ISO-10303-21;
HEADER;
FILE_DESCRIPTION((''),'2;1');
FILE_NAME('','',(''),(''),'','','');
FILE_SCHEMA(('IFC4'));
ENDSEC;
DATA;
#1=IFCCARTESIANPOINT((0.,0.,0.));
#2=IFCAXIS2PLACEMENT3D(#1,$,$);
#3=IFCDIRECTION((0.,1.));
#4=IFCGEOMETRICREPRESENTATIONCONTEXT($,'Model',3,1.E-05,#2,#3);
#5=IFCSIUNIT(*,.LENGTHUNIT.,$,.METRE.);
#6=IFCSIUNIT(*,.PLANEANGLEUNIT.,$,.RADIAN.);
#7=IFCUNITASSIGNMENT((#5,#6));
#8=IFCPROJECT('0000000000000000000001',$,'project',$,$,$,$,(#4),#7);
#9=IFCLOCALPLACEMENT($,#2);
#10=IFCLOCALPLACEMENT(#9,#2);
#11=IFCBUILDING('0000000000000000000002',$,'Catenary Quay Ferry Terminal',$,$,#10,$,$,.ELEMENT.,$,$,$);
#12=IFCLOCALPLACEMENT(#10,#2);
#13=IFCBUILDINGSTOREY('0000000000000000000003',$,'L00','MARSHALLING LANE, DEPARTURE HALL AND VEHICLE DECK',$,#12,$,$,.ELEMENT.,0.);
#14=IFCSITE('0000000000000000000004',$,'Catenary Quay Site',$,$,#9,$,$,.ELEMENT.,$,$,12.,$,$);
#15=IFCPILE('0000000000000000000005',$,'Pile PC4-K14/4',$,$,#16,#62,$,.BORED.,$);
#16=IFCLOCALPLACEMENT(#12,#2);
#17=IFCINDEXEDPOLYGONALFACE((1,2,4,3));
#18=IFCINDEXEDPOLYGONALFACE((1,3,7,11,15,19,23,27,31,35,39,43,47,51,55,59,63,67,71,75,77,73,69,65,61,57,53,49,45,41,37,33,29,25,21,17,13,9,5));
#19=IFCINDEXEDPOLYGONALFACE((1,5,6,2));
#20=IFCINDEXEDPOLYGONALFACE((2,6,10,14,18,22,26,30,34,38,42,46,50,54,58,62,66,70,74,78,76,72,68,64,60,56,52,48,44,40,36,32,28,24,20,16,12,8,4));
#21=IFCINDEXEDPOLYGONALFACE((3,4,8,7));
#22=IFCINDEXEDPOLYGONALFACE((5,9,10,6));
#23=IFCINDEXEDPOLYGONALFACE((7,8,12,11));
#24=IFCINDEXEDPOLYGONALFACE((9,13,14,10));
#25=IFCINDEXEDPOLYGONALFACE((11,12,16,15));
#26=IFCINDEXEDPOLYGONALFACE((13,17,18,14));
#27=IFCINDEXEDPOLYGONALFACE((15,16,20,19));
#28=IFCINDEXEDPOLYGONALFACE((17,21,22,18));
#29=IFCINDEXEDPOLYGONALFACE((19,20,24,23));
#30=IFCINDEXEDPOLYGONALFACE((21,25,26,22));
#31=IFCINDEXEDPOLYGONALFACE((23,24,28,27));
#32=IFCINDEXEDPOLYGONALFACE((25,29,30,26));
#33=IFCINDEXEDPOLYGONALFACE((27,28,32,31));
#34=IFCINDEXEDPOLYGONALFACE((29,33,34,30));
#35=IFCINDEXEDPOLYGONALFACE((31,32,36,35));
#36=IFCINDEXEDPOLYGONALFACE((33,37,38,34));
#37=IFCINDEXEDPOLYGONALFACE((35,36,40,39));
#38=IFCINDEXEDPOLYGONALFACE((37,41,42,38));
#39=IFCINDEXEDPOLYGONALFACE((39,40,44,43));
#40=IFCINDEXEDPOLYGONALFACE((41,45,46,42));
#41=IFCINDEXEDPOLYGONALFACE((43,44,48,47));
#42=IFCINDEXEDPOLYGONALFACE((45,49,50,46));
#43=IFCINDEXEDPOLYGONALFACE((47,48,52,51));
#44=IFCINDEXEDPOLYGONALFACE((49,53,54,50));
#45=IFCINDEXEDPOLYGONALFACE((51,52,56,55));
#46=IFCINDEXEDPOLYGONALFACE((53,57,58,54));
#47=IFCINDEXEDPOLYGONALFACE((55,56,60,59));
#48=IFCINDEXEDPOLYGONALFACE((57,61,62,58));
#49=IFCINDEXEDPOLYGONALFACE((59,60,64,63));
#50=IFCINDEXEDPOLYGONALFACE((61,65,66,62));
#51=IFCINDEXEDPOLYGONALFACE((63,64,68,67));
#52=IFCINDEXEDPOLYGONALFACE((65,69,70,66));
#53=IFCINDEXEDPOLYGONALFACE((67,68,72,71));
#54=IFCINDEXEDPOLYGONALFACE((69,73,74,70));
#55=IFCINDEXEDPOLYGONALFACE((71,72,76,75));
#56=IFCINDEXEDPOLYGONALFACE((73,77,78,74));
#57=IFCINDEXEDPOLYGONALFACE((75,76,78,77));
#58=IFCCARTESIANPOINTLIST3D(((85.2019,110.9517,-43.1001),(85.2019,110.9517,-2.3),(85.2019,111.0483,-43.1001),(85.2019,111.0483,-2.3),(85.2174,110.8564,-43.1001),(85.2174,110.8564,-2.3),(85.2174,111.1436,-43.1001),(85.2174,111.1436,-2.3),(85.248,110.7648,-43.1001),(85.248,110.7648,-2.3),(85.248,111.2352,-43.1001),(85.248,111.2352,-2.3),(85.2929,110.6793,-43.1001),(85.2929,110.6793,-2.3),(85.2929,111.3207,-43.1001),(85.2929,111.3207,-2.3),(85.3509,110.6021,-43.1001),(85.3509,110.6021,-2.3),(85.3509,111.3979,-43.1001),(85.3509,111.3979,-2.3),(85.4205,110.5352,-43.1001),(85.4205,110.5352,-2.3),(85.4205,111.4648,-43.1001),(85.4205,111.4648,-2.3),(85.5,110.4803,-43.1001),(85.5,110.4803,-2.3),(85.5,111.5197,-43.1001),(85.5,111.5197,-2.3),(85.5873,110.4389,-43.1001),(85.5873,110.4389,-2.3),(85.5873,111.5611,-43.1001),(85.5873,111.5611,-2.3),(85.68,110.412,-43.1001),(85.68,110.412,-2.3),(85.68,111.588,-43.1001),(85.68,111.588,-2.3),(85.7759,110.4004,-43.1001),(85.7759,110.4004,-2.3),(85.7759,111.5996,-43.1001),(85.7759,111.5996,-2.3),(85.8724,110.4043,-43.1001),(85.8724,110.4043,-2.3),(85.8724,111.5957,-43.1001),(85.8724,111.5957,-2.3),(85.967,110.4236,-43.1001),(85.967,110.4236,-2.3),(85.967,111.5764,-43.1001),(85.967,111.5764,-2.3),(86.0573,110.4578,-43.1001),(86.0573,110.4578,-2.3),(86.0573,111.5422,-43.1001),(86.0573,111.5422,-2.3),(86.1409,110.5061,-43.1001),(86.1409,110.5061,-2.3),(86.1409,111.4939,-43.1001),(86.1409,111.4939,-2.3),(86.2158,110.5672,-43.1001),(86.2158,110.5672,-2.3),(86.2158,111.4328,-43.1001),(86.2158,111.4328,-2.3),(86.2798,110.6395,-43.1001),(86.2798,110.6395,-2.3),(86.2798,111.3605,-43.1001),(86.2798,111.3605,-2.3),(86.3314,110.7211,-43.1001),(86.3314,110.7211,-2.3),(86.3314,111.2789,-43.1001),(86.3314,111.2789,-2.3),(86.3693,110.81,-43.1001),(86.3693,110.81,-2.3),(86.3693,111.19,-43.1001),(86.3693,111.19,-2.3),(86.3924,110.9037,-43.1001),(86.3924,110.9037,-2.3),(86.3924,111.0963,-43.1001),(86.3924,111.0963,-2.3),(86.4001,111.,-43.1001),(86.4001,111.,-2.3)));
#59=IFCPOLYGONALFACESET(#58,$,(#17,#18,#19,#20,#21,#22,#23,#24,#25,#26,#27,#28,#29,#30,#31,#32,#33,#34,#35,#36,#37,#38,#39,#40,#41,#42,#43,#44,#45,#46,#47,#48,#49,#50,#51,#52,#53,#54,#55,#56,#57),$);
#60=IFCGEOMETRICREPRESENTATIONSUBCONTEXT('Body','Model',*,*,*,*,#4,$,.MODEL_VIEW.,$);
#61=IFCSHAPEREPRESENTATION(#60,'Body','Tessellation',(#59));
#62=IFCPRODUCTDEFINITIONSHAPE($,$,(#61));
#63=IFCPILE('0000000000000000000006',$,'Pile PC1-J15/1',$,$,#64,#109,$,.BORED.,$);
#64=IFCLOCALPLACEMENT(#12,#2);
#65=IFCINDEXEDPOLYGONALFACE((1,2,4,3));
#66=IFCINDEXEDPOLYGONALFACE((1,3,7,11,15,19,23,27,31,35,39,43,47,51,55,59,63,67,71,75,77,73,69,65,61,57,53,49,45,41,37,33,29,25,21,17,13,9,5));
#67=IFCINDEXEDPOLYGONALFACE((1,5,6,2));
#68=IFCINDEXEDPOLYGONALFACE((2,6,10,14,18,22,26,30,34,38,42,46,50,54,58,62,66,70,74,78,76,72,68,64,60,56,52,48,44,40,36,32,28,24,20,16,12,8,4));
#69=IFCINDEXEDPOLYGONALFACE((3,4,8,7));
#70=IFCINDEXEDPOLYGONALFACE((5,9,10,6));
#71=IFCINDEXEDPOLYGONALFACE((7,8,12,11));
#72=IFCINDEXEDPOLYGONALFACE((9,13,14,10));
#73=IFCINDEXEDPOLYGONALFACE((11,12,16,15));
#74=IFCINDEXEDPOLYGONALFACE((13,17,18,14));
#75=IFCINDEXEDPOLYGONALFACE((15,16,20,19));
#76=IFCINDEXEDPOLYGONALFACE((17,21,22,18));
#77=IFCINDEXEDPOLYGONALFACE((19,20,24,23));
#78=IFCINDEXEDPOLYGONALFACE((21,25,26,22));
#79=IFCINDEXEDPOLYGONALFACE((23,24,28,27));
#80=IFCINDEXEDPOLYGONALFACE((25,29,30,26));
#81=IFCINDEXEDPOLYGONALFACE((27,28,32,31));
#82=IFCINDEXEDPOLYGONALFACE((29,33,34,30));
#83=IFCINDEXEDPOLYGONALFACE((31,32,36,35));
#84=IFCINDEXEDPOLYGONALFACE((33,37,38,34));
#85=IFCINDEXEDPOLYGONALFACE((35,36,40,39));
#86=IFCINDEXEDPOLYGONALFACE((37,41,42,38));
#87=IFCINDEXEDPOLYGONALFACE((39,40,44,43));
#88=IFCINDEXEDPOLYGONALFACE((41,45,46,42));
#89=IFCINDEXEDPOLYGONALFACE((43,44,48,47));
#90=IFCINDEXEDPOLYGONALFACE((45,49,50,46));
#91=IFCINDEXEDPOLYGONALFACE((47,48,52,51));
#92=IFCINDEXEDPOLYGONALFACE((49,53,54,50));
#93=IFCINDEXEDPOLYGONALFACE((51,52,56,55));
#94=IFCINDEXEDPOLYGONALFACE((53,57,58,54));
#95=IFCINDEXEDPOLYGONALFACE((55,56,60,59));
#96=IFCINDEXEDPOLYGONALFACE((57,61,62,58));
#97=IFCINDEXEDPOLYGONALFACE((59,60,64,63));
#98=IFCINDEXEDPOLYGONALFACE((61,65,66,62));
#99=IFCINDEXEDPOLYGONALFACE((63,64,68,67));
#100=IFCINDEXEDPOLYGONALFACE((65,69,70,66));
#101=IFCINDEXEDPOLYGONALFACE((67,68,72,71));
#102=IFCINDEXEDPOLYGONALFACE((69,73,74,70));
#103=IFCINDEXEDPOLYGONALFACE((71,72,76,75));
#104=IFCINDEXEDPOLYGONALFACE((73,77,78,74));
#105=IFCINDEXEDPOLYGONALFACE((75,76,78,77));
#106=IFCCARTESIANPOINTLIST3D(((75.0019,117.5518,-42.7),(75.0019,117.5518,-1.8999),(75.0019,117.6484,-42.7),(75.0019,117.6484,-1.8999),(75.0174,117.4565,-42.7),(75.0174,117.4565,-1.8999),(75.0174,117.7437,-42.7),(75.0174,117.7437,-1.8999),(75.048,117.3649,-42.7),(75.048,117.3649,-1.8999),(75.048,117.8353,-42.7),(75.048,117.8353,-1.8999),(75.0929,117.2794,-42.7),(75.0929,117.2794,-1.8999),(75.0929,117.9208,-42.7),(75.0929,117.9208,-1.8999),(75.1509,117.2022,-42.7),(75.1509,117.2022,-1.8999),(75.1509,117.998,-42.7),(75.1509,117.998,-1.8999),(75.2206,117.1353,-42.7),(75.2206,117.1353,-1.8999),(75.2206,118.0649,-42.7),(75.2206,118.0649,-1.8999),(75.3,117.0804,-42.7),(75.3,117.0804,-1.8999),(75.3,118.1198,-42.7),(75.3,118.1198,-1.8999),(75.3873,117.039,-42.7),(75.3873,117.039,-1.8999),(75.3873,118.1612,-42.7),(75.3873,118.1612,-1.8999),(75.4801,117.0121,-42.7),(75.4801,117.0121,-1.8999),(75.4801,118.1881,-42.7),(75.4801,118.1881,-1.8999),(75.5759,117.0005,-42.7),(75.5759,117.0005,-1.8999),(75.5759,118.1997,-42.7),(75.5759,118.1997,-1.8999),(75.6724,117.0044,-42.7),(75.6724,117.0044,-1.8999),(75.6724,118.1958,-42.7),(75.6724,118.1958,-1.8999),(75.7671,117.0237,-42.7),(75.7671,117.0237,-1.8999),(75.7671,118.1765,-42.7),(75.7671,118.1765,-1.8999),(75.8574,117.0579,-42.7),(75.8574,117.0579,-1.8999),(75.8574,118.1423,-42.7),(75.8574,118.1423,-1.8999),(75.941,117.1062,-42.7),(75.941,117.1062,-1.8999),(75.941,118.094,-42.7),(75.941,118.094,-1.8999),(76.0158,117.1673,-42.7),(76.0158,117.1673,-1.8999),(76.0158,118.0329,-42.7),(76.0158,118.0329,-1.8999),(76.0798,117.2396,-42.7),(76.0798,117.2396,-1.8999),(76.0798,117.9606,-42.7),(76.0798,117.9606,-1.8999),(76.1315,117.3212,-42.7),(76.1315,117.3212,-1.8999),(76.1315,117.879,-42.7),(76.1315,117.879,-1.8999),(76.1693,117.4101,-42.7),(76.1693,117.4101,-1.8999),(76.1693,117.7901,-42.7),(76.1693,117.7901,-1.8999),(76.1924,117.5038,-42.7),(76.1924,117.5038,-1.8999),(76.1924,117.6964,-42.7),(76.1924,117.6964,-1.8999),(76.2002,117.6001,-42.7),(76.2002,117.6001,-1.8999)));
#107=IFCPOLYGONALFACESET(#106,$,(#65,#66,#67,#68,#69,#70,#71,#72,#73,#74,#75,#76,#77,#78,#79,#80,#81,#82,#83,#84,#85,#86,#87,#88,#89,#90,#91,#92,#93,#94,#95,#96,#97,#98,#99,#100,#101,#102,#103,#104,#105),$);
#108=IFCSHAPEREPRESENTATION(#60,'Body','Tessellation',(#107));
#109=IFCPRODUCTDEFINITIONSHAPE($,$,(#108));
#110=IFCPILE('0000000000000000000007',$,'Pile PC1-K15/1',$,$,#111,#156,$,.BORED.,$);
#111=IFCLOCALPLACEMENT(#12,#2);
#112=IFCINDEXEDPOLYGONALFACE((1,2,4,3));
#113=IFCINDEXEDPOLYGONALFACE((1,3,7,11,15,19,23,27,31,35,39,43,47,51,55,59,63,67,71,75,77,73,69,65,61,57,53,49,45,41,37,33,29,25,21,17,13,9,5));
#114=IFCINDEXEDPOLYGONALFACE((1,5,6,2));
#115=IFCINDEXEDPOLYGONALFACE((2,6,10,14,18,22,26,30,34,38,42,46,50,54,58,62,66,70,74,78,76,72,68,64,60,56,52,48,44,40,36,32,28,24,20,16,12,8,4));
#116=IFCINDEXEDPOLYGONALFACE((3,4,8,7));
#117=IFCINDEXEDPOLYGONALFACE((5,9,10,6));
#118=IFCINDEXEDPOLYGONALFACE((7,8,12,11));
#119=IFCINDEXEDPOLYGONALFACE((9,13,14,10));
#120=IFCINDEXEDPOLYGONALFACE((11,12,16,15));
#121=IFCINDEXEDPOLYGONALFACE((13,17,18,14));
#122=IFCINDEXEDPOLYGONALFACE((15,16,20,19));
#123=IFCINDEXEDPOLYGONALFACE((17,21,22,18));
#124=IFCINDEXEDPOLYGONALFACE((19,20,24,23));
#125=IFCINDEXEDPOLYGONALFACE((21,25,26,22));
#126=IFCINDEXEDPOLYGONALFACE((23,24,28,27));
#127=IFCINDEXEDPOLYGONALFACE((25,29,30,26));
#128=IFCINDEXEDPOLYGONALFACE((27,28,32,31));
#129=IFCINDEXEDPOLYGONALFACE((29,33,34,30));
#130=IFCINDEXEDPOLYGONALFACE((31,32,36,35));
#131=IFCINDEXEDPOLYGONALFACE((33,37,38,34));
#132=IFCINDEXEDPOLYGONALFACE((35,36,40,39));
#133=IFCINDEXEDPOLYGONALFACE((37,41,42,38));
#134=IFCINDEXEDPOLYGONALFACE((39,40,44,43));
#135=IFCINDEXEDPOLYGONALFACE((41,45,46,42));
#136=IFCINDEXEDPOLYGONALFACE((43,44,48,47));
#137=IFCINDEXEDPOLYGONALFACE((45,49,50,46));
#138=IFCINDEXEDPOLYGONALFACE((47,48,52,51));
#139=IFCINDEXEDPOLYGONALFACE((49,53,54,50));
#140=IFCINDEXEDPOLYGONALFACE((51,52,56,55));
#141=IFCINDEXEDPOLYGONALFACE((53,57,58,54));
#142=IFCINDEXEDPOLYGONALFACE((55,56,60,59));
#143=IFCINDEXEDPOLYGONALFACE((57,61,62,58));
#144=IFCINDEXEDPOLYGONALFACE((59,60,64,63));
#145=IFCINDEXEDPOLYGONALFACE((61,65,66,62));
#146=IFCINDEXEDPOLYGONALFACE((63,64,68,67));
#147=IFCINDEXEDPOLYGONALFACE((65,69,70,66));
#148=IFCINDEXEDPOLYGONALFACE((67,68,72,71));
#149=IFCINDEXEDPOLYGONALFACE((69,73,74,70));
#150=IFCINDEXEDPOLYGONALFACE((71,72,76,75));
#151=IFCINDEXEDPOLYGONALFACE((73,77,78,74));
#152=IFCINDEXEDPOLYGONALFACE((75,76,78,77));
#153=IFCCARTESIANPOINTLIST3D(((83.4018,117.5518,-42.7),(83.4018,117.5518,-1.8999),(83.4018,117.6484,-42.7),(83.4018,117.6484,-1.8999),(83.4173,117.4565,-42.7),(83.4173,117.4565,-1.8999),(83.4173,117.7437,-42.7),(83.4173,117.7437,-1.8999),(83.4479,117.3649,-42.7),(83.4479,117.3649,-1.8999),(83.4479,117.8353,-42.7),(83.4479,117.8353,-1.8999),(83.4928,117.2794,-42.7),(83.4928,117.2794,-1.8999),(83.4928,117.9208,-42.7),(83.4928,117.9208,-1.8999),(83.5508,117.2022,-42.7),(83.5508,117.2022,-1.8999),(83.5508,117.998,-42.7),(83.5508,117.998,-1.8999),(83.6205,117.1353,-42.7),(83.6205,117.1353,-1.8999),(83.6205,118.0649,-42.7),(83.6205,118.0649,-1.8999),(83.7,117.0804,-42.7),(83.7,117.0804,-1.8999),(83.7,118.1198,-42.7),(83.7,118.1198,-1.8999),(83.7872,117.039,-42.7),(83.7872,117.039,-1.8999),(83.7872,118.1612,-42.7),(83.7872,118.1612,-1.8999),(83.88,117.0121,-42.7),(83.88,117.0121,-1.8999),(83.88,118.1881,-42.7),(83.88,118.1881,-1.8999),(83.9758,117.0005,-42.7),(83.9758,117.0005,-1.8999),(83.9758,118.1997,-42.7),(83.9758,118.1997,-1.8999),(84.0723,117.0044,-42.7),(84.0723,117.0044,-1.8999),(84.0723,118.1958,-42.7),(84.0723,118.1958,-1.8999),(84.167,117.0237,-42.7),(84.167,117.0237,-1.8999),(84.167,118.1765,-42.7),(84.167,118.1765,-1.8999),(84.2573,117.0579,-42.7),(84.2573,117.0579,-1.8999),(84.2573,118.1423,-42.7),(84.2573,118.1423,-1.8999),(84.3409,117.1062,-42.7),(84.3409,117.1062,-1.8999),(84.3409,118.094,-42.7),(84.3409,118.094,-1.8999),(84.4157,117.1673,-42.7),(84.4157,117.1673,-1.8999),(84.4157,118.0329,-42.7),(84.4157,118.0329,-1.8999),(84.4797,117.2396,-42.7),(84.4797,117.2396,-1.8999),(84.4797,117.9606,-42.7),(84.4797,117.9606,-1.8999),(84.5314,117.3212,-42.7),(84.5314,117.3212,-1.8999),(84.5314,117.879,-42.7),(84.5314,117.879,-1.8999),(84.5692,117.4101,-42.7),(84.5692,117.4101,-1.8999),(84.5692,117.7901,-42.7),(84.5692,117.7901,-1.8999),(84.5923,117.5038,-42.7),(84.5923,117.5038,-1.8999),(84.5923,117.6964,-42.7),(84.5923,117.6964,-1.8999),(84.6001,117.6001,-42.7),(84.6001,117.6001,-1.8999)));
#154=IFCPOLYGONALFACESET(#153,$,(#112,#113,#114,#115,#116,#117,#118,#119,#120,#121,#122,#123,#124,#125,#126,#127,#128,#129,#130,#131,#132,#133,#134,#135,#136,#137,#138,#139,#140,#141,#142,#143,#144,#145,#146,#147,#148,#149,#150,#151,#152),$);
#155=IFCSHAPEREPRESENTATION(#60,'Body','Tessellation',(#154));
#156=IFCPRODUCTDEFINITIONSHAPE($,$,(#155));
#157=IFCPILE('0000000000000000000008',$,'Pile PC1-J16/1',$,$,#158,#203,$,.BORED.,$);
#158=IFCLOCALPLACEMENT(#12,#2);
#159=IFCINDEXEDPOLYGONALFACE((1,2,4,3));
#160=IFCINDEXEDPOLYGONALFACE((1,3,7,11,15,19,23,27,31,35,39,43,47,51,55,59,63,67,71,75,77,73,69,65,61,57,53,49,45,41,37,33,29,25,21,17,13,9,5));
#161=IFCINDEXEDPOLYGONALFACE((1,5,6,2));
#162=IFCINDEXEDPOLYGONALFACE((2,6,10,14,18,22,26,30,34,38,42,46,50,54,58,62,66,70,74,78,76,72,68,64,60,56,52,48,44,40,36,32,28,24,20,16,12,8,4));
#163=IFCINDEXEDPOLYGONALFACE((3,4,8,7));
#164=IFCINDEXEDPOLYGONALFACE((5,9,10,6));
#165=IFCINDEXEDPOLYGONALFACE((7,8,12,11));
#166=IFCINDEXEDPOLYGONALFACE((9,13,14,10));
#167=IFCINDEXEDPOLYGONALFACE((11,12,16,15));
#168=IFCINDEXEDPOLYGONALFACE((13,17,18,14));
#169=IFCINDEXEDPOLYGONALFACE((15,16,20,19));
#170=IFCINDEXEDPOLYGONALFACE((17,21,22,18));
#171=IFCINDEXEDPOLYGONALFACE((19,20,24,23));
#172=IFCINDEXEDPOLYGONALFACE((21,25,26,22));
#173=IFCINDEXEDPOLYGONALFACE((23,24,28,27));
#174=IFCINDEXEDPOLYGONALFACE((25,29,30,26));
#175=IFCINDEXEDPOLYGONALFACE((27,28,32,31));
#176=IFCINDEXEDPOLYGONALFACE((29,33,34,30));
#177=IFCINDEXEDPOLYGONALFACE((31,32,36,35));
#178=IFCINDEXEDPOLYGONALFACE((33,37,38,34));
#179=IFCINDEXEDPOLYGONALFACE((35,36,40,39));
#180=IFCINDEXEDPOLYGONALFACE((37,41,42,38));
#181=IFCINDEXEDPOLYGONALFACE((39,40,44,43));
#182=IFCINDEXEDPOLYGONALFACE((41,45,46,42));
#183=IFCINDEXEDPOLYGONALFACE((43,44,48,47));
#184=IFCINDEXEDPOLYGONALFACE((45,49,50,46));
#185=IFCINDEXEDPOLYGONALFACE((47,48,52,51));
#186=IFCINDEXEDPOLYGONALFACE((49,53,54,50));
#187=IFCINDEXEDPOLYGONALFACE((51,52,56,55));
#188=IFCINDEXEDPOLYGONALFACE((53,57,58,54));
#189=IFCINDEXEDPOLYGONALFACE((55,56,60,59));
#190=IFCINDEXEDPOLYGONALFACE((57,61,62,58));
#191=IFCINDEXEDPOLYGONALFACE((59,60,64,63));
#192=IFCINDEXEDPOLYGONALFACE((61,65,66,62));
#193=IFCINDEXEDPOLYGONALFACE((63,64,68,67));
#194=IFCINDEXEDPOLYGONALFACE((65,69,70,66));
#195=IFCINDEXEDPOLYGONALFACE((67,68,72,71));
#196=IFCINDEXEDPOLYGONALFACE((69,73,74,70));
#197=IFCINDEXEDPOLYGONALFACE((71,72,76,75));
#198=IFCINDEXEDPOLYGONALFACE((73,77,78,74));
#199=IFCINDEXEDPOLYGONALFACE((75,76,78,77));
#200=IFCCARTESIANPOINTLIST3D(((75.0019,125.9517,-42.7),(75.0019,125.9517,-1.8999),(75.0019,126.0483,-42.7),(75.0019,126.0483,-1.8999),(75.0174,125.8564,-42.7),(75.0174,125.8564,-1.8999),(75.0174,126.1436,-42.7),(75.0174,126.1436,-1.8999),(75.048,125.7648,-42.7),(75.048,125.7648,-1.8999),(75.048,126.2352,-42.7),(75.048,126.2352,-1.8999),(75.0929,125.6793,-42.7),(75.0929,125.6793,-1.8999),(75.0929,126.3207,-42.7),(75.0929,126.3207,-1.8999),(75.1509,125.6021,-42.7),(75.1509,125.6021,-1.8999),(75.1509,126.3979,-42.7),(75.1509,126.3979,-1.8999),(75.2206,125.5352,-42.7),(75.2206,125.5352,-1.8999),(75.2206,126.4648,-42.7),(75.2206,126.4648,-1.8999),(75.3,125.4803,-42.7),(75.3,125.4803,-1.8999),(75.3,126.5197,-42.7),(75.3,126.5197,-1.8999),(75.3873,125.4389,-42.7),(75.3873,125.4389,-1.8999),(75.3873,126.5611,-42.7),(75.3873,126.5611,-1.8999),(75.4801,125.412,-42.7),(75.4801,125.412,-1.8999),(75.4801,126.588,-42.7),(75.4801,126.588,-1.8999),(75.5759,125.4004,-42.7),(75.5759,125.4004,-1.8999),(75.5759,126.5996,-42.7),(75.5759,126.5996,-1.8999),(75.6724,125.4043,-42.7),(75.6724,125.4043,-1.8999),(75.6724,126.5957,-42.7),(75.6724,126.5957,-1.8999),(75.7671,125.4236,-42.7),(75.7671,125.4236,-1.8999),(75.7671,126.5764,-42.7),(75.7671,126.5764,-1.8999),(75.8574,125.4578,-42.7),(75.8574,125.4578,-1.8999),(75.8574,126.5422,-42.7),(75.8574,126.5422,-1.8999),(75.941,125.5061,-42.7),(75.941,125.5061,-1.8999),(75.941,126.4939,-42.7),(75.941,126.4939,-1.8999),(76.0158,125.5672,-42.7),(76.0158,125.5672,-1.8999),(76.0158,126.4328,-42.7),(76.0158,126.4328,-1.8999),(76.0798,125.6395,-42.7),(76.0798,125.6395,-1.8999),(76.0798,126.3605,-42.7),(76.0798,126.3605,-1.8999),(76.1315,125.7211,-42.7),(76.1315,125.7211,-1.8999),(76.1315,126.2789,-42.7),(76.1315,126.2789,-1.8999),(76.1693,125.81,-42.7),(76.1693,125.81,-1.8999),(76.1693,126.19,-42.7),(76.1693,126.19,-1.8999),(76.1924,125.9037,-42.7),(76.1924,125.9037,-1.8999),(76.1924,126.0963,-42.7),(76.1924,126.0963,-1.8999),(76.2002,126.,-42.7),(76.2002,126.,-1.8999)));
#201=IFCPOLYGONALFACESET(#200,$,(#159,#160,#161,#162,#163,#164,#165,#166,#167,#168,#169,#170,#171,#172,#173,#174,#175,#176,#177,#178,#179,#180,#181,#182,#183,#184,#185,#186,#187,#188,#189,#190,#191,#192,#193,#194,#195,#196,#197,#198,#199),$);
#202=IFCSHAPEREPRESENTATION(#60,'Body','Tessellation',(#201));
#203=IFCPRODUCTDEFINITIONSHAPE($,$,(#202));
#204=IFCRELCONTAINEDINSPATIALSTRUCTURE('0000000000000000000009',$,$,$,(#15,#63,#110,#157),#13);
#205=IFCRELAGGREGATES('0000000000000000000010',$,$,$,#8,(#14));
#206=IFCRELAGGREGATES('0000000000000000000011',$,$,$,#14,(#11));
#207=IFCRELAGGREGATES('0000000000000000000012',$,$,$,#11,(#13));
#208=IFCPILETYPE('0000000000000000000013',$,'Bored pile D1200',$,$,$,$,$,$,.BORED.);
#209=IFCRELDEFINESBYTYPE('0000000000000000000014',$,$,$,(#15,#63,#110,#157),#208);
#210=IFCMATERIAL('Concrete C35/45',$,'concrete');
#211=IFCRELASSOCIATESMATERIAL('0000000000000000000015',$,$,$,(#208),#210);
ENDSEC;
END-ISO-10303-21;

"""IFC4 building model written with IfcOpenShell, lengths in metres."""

from ifc_helpers import new_model, si_unit, direction, frame, origin, origin_2d, place, context, subcontext, project, spatial, circle, extrude, material, material_profile, profile_set, type_object, element, save


model = new_model("IFC4")

# Units and contexts
model_context = context("Model", 3, precision=1e-05, world=origin(), true_north=direction((0.0, 1.0)))
body_context = subcontext(model_context, "Body", "Model", "MODEL_VIEW")
ifc_project = project(units=[si_unit("LENGTHUNIT", "METRE"), si_unit("PLANEANGLEUNIT", "RADIAN")], contexts=[model_context])

# Site, building, storey
site_placement = place(None, origin())
site = spatial("IfcSite", under=ifc_project, at=site_placement, Name="Catenary Quay Site", CompositionType="ELEMENT", RefElevation=12.0)
building_placement = place(site_placement, origin())
building = spatial("IfcBuilding", under=site, at=building_placement, Name="Catenary Quay Ferry Terminal", CompositionType="ELEMENT")
storey_placement = place(building_placement, origin())
storey = spatial("IfcBuildingStorey", under=building, at=storey_placement, Name="L00", Description="MARSHALLING LANE, DEPARTURE HALL AND VEHICLE DECK", CompositionType="ELEMENT", Elevation=0.0)

# Piles
ifc_material_1 = material(Name="Concrete C35/45", Category="concrete")
ifc_material_profile_1 = material_profile(ifc_material_1, circle(Radius=0.6001, at=origin_2d()), Name="D1200")
ifc_profile_set_1 = profile_set([ifc_material_profile_1], Name="Concrete C35/45")
pile_type = type_object("IfcPileType", Name="Bored pile D1200", PredefinedType="BORED", material=ifc_profile_set_1)
for number, where, z_axis, x_axis, name in (
    (1, (85.8, 111.0, -2.3), (0.0, 0.0, -1.0), (1.0, 0.0, 0.0), "Pile PC4-K14/4"),
    (2, (75.6001, 117.6001, -1.8999), (0.0, 0.0, -1.0), (1.0, 0.0, 0.0), "Pile PC1-J15/1"),
    (3, (84.0, 117.6001, -1.8999), (0.0, 0.0, -1.0), (1.0, 0.0, 0.0), "Pile PC1-K15/1"),
    (4, (75.6001, 126.0, -1.8999), (0.0, 0.0, -1.0), (1.0, 0.0, 0.0), "Pile PC1-J16/1"),
):
    element("IfcPile", number, at=place(storey_placement, frame(where, z_axis=z_axis, x_axis=x_axis)), inside=storey, type_object=pile_type, Name=name, PredefinedType="BORED", context=body_context, shape_type="SweptSolid", body=[
        extrude(circle(Radius=0.6001, at=origin_2d()), origin(), (0.0, 0.0, 1.0), 40.8),
    ])

save(model, "model.ifc")
